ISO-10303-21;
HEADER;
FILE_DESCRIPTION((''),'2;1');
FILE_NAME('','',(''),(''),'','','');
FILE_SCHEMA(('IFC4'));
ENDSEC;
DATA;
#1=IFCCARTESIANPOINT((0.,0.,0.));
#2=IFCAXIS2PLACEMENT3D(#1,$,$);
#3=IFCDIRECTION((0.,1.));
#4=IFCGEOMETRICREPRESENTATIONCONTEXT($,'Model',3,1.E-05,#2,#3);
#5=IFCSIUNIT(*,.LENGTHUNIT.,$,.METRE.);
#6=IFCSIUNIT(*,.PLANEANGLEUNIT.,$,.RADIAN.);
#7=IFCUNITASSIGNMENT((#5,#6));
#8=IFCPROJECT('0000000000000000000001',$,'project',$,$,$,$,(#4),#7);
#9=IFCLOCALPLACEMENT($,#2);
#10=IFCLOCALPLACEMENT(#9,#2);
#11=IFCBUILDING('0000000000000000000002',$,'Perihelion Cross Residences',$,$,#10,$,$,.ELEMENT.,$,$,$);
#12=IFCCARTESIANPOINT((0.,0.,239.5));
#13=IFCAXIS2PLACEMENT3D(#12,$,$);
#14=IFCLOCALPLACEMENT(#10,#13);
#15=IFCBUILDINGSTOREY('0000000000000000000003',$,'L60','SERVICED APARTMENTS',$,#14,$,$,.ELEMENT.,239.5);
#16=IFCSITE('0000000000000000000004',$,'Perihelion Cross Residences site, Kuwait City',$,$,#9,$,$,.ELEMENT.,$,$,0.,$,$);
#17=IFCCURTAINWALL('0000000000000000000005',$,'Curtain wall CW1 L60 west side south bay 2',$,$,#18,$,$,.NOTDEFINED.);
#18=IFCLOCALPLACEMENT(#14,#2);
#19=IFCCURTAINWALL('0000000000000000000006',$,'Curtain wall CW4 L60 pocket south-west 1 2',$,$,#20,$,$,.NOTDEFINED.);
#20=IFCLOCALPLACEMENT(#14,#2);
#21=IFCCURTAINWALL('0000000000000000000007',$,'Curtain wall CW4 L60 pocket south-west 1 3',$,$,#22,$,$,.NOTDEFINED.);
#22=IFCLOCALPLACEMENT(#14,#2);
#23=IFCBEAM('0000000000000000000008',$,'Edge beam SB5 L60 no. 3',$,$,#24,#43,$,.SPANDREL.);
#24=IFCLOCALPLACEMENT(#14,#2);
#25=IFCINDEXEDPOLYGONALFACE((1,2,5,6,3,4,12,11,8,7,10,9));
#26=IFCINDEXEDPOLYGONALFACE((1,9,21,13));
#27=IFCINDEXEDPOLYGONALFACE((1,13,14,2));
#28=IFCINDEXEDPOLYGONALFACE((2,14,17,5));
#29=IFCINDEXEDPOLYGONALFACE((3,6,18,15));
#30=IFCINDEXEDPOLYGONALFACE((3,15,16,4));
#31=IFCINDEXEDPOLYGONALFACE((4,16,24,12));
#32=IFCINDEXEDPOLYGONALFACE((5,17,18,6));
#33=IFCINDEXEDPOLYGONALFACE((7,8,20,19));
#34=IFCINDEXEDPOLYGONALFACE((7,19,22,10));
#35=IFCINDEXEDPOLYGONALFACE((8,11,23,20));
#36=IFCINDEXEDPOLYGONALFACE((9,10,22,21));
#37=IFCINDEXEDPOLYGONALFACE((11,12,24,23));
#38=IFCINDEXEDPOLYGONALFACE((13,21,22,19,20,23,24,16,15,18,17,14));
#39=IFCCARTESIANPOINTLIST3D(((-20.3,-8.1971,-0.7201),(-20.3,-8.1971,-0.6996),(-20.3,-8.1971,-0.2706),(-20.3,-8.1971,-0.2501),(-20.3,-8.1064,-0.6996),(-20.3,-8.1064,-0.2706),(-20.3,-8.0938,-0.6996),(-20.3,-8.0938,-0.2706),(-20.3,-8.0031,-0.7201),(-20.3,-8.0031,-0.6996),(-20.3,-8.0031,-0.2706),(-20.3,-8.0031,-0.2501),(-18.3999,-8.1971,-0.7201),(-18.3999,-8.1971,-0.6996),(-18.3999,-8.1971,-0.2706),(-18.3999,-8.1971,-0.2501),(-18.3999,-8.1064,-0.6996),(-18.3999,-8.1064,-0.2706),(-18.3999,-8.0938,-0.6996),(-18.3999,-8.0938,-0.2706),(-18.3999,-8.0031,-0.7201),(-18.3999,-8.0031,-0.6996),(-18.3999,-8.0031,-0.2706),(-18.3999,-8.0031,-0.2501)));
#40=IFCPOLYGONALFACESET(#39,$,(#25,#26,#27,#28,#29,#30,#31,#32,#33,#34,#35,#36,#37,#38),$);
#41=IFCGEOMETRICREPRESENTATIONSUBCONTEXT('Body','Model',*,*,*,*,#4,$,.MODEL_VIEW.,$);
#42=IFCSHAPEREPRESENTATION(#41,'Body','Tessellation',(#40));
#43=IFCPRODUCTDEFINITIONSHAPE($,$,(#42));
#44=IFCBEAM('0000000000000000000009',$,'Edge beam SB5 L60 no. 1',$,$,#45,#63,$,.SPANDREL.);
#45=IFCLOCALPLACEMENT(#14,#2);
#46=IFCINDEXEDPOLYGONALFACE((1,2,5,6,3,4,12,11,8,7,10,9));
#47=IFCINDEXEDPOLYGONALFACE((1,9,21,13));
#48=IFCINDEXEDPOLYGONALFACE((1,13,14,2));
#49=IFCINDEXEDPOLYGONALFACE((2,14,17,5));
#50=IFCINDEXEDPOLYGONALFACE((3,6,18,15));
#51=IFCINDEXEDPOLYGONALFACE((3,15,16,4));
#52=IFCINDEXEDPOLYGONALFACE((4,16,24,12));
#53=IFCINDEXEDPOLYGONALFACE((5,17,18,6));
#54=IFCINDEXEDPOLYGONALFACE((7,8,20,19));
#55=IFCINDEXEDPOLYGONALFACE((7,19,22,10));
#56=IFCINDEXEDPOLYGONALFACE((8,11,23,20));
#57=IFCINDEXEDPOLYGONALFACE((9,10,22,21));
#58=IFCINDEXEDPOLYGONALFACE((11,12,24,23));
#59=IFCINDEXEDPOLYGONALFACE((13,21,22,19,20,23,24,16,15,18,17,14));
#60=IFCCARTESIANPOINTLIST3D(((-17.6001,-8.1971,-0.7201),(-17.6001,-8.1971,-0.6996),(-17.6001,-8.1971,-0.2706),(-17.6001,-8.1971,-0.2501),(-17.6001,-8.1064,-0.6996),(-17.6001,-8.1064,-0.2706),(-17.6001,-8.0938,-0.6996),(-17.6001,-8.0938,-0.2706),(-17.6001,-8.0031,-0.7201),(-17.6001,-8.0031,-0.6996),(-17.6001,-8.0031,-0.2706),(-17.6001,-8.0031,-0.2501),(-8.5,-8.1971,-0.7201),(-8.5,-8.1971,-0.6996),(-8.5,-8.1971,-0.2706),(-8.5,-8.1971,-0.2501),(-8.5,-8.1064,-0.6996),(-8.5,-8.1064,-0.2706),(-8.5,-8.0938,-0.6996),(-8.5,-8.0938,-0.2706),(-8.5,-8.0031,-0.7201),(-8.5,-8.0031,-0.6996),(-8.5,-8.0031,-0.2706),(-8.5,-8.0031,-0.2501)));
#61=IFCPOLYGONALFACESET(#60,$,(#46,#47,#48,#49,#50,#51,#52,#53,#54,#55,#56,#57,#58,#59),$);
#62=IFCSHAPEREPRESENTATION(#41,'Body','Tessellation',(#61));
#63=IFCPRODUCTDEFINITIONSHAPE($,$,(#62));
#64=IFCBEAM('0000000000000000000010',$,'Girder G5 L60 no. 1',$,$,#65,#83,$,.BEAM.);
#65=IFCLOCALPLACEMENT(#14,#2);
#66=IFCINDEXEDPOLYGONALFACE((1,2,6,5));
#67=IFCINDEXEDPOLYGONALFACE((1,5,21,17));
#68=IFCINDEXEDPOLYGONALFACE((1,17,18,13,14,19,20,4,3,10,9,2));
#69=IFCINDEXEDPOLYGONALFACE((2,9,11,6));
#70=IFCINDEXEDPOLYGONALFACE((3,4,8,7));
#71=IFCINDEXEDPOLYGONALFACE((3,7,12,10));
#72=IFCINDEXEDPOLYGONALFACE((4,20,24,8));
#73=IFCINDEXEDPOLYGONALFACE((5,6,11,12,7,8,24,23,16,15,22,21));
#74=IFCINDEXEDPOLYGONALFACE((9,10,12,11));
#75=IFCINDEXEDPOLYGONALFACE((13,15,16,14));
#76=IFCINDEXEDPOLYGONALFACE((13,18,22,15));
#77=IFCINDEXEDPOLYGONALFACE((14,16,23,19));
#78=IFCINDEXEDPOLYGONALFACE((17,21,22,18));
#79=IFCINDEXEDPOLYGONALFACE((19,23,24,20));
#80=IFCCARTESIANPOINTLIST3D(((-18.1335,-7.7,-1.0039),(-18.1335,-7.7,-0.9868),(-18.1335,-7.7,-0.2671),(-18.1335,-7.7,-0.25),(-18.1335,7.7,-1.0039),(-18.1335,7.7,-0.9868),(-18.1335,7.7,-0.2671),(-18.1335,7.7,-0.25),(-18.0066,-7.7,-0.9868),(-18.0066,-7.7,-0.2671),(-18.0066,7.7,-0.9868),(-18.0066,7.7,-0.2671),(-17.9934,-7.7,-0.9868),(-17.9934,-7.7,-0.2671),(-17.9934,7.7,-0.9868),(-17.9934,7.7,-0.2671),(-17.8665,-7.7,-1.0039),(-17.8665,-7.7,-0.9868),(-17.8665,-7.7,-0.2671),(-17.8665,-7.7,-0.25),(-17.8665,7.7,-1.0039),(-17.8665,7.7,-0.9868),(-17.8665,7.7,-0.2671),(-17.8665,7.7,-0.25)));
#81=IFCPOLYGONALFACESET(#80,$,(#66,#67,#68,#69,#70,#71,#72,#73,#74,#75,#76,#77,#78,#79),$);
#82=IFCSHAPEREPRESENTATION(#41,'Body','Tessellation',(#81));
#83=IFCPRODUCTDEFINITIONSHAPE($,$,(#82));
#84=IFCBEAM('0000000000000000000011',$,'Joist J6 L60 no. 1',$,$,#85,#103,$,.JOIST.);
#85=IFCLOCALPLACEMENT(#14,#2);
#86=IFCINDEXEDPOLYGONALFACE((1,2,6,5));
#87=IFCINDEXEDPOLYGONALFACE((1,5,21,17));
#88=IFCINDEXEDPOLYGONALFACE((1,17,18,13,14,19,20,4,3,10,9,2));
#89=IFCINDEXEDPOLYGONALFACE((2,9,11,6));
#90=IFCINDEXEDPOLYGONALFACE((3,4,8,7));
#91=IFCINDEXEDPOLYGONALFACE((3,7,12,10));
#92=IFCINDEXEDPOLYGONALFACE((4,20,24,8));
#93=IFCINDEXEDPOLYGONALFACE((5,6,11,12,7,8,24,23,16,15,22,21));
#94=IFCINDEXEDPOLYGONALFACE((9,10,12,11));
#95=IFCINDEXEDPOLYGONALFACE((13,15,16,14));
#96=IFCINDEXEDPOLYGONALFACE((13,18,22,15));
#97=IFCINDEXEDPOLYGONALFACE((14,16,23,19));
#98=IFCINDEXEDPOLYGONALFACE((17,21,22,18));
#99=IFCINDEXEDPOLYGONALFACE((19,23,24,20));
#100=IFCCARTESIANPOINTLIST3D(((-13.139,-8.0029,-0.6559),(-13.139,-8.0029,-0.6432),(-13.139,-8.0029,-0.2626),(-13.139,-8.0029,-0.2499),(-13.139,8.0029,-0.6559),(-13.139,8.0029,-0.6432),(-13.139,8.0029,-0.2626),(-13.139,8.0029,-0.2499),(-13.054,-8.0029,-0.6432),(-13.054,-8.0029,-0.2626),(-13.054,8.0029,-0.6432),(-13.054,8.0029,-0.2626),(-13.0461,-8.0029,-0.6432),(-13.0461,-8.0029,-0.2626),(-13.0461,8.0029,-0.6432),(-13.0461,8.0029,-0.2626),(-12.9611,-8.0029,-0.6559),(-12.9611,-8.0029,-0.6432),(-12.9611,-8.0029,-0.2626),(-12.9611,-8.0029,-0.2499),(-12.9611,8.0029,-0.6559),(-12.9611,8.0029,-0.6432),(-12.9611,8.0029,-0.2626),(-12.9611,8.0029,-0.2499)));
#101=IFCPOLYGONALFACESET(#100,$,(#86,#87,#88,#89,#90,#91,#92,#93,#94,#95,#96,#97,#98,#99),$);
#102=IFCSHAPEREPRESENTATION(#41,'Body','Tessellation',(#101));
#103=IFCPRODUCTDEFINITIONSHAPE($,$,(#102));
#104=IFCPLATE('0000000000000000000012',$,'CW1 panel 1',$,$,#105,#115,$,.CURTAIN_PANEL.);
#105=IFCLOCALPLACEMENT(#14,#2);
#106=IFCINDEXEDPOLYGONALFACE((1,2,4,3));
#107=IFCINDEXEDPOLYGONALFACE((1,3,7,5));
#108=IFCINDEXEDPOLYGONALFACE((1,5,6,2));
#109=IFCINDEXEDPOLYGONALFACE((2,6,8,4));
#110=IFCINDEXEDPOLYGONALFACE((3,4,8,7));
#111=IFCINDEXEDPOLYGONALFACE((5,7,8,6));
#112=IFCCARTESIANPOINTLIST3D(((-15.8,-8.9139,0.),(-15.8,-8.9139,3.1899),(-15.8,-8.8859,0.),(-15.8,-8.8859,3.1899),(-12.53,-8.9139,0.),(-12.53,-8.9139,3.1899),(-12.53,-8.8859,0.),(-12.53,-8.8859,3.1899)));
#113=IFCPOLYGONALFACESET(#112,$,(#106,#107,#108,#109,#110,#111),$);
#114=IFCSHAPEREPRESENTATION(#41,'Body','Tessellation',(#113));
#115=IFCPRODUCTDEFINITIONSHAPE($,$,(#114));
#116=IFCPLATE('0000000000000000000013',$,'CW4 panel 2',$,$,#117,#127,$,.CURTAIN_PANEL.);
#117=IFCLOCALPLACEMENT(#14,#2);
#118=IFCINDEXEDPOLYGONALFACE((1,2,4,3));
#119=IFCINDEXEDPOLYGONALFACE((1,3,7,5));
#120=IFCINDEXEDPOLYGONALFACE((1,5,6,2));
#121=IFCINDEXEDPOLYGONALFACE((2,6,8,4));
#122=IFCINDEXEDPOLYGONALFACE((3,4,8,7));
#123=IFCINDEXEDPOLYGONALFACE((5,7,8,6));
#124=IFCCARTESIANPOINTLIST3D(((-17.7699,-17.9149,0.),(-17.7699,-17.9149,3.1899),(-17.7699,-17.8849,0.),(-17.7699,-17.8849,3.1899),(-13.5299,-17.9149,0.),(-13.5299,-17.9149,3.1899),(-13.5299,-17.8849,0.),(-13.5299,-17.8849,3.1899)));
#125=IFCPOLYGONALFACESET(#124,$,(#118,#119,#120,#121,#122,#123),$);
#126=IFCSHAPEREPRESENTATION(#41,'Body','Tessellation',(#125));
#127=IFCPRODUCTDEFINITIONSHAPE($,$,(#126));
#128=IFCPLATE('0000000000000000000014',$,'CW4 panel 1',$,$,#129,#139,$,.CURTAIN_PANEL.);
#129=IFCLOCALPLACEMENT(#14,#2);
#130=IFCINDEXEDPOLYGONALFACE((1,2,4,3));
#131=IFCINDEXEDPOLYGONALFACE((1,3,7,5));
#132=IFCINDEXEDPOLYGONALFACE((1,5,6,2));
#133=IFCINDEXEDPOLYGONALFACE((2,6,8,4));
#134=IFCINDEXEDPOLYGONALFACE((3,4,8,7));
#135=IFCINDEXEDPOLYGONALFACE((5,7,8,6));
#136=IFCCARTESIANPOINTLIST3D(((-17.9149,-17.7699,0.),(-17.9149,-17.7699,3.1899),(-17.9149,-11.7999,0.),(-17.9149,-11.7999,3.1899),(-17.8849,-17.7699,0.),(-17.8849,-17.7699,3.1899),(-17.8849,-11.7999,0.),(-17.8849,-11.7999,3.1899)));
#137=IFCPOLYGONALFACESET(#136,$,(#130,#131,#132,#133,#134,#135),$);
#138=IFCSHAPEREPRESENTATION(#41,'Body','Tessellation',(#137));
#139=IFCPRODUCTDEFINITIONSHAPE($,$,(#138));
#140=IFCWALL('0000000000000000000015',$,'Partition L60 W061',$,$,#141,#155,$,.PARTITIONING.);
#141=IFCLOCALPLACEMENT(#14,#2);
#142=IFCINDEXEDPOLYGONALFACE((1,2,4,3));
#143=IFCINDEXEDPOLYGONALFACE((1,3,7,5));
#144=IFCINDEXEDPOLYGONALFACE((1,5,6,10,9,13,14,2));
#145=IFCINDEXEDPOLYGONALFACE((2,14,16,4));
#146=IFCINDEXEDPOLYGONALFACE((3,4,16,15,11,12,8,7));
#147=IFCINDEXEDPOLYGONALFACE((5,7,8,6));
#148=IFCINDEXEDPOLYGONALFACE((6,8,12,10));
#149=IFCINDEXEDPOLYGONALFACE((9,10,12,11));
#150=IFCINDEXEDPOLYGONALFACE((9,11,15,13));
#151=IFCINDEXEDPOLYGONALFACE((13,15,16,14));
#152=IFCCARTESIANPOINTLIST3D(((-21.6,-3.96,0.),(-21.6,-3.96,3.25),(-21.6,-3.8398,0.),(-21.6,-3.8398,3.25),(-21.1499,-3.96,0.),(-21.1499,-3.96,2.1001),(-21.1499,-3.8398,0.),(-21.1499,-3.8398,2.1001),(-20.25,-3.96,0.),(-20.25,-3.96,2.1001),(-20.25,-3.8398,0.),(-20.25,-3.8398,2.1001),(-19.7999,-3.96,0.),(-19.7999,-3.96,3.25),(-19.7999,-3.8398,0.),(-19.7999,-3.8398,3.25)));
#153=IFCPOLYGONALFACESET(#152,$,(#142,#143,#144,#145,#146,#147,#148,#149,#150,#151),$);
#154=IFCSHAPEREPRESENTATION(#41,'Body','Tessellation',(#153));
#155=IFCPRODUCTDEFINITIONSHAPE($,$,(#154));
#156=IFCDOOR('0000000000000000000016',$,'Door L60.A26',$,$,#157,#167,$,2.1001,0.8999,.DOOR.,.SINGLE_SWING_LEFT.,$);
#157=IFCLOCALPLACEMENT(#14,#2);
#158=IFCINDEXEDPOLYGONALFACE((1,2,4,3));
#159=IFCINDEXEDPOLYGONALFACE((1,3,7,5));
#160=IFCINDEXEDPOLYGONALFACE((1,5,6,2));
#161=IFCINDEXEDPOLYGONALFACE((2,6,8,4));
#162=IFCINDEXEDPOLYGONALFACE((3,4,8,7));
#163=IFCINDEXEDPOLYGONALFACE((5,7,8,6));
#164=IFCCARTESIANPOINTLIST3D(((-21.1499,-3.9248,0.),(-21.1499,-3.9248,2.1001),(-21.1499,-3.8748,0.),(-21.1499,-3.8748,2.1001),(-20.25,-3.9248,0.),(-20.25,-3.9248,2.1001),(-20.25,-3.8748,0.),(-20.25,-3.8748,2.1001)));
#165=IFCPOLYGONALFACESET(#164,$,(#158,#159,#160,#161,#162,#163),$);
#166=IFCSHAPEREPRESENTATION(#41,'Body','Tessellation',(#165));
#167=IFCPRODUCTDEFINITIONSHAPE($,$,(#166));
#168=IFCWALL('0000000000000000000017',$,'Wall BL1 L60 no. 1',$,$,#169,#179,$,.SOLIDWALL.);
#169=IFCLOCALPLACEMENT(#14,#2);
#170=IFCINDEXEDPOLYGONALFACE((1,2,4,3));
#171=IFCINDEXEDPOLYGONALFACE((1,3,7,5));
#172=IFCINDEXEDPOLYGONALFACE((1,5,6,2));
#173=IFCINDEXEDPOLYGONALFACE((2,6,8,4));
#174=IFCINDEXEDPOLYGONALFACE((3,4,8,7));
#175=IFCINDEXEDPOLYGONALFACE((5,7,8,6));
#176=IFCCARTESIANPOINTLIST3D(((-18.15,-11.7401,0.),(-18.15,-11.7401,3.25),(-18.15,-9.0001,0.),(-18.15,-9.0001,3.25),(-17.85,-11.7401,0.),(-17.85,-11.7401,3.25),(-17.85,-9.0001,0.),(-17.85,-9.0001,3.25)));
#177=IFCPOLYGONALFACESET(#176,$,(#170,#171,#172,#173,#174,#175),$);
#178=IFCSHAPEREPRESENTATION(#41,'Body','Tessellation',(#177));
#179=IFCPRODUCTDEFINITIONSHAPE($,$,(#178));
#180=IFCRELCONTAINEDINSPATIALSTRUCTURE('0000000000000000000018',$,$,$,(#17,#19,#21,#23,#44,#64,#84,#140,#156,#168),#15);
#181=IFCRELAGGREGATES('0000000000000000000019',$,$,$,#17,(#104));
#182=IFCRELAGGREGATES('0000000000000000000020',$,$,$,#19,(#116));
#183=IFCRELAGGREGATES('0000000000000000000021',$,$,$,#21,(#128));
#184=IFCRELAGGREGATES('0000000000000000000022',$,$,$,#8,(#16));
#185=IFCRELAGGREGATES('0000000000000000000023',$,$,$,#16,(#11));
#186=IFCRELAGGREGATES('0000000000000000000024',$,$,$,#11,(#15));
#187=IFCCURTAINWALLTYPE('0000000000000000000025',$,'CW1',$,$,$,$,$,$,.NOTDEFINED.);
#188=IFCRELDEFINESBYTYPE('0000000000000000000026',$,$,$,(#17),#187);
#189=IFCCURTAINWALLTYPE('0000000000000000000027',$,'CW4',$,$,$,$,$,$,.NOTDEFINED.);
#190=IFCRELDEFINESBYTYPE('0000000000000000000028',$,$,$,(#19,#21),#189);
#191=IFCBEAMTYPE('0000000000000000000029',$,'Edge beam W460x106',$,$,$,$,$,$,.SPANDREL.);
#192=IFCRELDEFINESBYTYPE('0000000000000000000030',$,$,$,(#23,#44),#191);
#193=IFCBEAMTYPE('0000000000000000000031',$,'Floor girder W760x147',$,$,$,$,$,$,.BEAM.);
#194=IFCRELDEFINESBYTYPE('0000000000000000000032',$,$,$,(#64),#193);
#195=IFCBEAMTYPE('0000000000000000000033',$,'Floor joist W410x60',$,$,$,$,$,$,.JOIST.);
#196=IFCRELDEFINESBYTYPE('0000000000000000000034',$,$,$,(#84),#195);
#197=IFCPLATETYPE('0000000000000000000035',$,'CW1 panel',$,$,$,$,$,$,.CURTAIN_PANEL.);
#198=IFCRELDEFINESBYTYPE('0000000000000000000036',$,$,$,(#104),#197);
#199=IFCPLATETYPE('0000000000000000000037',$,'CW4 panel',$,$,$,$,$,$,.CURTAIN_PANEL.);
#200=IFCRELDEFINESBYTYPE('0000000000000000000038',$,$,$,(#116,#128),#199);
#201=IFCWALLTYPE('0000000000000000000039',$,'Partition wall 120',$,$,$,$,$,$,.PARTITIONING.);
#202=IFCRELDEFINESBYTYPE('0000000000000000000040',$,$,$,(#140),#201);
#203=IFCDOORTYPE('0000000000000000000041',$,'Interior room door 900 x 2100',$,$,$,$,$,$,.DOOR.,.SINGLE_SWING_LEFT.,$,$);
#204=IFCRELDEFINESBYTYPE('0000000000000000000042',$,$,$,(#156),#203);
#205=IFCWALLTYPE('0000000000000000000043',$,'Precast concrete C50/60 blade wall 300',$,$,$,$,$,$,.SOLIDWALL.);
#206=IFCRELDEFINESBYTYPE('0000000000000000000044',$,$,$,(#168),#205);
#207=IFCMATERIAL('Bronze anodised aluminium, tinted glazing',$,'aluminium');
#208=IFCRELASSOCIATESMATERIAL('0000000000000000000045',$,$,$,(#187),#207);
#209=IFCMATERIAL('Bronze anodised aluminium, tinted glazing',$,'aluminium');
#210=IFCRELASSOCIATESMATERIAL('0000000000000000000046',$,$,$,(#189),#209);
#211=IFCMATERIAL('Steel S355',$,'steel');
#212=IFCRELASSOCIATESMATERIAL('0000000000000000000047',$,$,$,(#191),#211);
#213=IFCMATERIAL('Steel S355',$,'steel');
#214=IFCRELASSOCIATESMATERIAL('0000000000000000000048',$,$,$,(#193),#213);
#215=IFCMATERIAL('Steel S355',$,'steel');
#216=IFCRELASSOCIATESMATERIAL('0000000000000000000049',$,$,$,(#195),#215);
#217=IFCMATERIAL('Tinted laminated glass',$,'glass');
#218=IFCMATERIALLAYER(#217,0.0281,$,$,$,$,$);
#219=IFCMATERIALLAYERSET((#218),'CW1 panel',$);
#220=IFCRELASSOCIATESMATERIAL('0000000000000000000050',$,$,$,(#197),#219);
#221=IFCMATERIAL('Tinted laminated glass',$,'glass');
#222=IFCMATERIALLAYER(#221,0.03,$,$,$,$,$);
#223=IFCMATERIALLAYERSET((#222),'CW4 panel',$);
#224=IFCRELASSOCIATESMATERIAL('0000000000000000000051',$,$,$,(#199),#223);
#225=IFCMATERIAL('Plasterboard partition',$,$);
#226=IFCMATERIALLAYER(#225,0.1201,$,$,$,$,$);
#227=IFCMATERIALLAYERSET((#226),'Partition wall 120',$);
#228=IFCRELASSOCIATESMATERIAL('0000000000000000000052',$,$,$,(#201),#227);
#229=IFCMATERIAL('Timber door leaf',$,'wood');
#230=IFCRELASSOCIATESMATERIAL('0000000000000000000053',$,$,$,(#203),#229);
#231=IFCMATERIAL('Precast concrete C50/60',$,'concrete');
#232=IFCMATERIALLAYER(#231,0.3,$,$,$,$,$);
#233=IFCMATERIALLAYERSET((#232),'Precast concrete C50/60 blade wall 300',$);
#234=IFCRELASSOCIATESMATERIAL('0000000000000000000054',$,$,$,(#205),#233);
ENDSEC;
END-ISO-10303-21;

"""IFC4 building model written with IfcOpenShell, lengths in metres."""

from ifc_helpers import new_model, si_unit, direction, frame, frame_2d, origin, origin_2d, place, context, subcontext, project, spatial, rectangle, i_section, extrude, material, layer, layer_set, material_profile, profile_set, type_object, element, fill, aggregate, save


model = new_model("IFC4")

# Units and contexts
model_context = context("Model", 3, precision=1e-05, world=origin(), true_north=direction((0.0, 1.0)))
body_context = subcontext(model_context, "Body", "Model", "MODEL_VIEW")
ifc_project = project(units=[si_unit("LENGTHUNIT", "METRE"), si_unit("PLANEANGLEUNIT", "RADIAN")], contexts=[model_context])

# Site, building, storey
site_placement = place(None, origin())
site = spatial("IfcSite", under=ifc_project, at=site_placement, Name="Perihelion Cross Residences site, Kuwait City", CompositionType="ELEMENT", RefElevation=0.0)
building_placement = place(site_placement, origin())
building = spatial("IfcBuilding", under=site, at=building_placement, Name="Perihelion Cross Residences", CompositionType="ELEMENT")
storey_placement = place(building_placement, frame((0.0, 0.0, 239.5)))
storey = spatial("IfcBuildingStorey", under=building, at=storey_placement, Name="L60", Description="SERVICED APARTMENTS", CompositionType="ELEMENT", Elevation=239.5)

# Curtain walls
ifc_material_1 = material(Name="Bronze anodised aluminium, tinted glazing", Category="aluminium")
curtain_wall_type_1 = type_object("IfcCurtainWallType", Name="CW1", PredefinedType="NOTDEFINED", material=ifc_material_1)
curtain_wall_1_placement = place(storey_placement, origin())
curtain_wall_1 = element("IfcCurtainWall", 1, at=curtain_wall_1_placement, inside=storey, type_object=curtain_wall_type_1, Name="Curtain wall CW1 L60 west side south bay 2", PredefinedType="NOTDEFINED")
ifc_material_2 = material(Name="Bronze anodised aluminium, tinted glazing", Category="aluminium")
curtain_wall_type_2 = type_object("IfcCurtainWallType", Name="CW4", PredefinedType="NOTDEFINED", material=ifc_material_2)
curtain_wall_2_placement = place(storey_placement, origin())
curtain_wall_2 = element("IfcCurtainWall", 2, at=curtain_wall_2_placement, inside=storey, type_object=curtain_wall_type_2, Name="Curtain wall CW4 L60 pocket south-west 1 2", PredefinedType="NOTDEFINED")
curtain_wall_3_placement = place(storey_placement, origin())
curtain_wall_3 = element("IfcCurtainWall", 3, at=curtain_wall_3_placement, inside=storey, type_object=curtain_wall_type_2, Name="Curtain wall CW4 L60 pocket south-west 1 3", PredefinedType="NOTDEFINED")

# Beams
ifc_material_3 = material(Name="Steel S355", Category="steel")
ifc_material_profile_1 = material_profile(ifc_material_3, i_section(OverallWidth=0.1941, OverallDepth=0.47, WebThickness=0.0127, FlangeThickness=0.0205, at=origin_2d()), Name="W460x106")
ifc_profile_set_1 = profile_set([ifc_material_profile_1], Name="Steel S355")
beam_type_1 = type_object("IfcBeamType", Name="Edge beam W460x106", PredefinedType="SPANDREL", material=ifc_profile_set_1)
beam_1_placement = place(storey_placement, frame((-20.3, -8.1001, -0.4851), z_axis=(1.0, 0.0, 0.0), x_axis=(0.0, 1.0, 0.0)))
element("IfcBeam", 4, at=beam_1_placement, inside=storey, type_object=beam_type_1, Name="Edge beam SB5 L60 no. 3", PredefinedType="SPANDREL", context=body_context, shape_type="SweptSolid", body=[
    extrude(i_section(OverallWidth=0.1941, OverallDepth=0.47, WebThickness=0.0127, FlangeThickness=0.0205, at=origin_2d()), origin(), (0.0, 0.0, 1.0), 1.9001),
])
beam_2_placement = place(storey_placement, frame((-17.6001, -8.1001, -0.4851), z_axis=(1.0, 0.0, 0.0), x_axis=(0.0, 1.0, 0.0)))
element("IfcBeam", 5, at=beam_2_placement, inside=storey, type_object=beam_type_1, Name="Edge beam SB5 L60 no. 1", PredefinedType="SPANDREL", context=body_context, shape_type="SweptSolid", body=[
    extrude(i_section(OverallWidth=0.1941, OverallDepth=0.47, WebThickness=0.0127, FlangeThickness=0.0205, at=origin_2d()), origin(), (0.0, 0.0, 1.0), 9.1001),
])
ifc_material_4 = material(Name="Steel S355", Category="steel")
ifc_material_profile_2 = material_profile(ifc_material_4, i_section(OverallWidth=0.2671, OverallDepth=0.7539, WebThickness=0.0132, FlangeThickness=0.0171, at=origin_2d()), Name="W760x147")
ifc_profile_set_2 = profile_set([ifc_material_profile_2], Name="Steel S355")
beam_type_2 = type_object("IfcBeamType", Name="Floor girder W760x147", PredefinedType="BEAM", material=ifc_profile_set_2)
beam_3_placement = place(storey_placement, frame((-18.0, -7.7, -0.627), z_axis=(0.0, 1.0, 0.0), x_axis=(-1.0, 0.0, 0.0)))
element("IfcBeam", 6, at=beam_3_placement, inside=storey, type_object=beam_type_2, Name="Girder G5 L60 no. 1", PredefinedType="BEAM", context=body_context, shape_type="SweptSolid", body=[
    extrude(i_section(OverallWidth=0.2671, OverallDepth=0.7539, WebThickness=0.0132, FlangeThickness=0.0171, at=origin_2d()), origin(), (0.0, 0.0, 1.0), 15.3999),
])
ifc_material_5 = material(Name="Steel S355", Category="steel")
ifc_material_profile_3 = material_profile(ifc_material_5, i_section(OverallWidth=0.178, OverallDepth=0.406, WebThickness=0.0078, FlangeThickness=0.0127, at=origin_2d()), Name="W410x60")
ifc_profile_set_3 = profile_set([ifc_material_profile_3], Name="Steel S355")
beam_type_3 = type_object("IfcBeamType", Name="Floor joist W410x60", PredefinedType="JOIST", material=ifc_profile_set_3)
beam_4_placement = place(storey_placement, frame((-13.05, -8.0029, -0.4529), z_axis=(0.0, 1.0, 0.0), x_axis=(-1.0, 0.0, 0.0)))
element("IfcBeam", 7, at=beam_4_placement, inside=storey, type_object=beam_type_3, Name="Joist J6 L60 no. 1", PredefinedType="JOIST", context=body_context, shape_type="SweptSolid", body=[
    extrude(i_section(OverallWidth=0.178, OverallDepth=0.406, WebThickness=0.0078, FlangeThickness=0.0127, at=origin_2d()), origin(), (0.0, 0.0, 1.0), 16.0059),
])

# Plates
ifc_material_6 = material(Name="Tinted laminated glass", Category="glass")
ifc_layer_1 = layer(ifc_material_6, 0.0281)
ifc_layer_set_1 = layer_set([ifc_layer_1], Name="CW1 panel")
plate_type_1 = type_object("IfcPlateType", Name="CW1 panel", PredefinedType="CURTAIN_PANEL", material=ifc_layer_set_1)
plate_1_placement = place(storey_placement, frame((-14.165, -8.8999, 0.0), z_axis=(0.0, 0.0, 1.0), x_axis=(1.0, 0.0, 0.0)))
plate_1 = element("IfcPlate", 8, at=plate_1_placement, type_object=plate_type_1, Name="CW1 panel 1", PredefinedType="CURTAIN_PANEL", context=body_context, shape_type="SweptSolid", body=[
    extrude(rectangle(XDim=3.27, YDim=0.0281, at=origin_2d()), origin(), (0.0, 0.0, 1.0), 3.1899),
])
aggregate(curtain_wall_1, [plate_1])
ifc_material_7 = material(Name="Tinted laminated glass", Category="glass")
ifc_layer_2 = layer(ifc_material_7, 0.03)
ifc_layer_set_2 = layer_set([ifc_layer_2], Name="CW4 panel")
plate_type_2 = type_object("IfcPlateType", Name="CW4 panel", PredefinedType="CURTAIN_PANEL", material=ifc_layer_set_2)
plate_2_placement = place(storey_placement, frame((-15.6499, -17.8999, 0.0), z_axis=(0.0, 0.0, 1.0), x_axis=(-1.0, 0.0, 0.0)))
plate_2 = element("IfcPlate", 9, at=plate_2_placement, type_object=plate_type_2, Name="CW4 panel 2", PredefinedType="CURTAIN_PANEL", context=body_context, shape_type="SweptSolid", body=[
    extrude(rectangle(XDim=4.24, YDim=0.03, at=origin_2d()), origin(), (0.0, 0.0, 1.0), 3.1899),
])
aggregate(curtain_wall_2, [plate_2])
plate_3_placement = place(storey_placement, frame((-17.8999, -14.7849, 0.0), z_axis=(0.0, 0.0, 1.0), x_axis=(0.0, 1.0, 0.0)))
plate_3 = element("IfcPlate", 10, at=plate_3_placement, type_object=plate_type_2, Name="CW4 panel 1", PredefinedType="CURTAIN_PANEL", context=body_context, shape_type="SweptSolid", body=[
    extrude(rectangle(XDim=5.97, YDim=0.03, at=origin_2d()), origin(), (0.0, 0.0, 1.0), 3.1899),
])
aggregate(curtain_wall_3, [plate_3])

# Wall, opening, door
ifc_material_8 = material(Name="Plasterboard partition")
ifc_layer_3 = layer(ifc_material_8, 0.1201)
ifc_layer_set_3 = layer_set([ifc_layer_3], Name="Partition wall 120")
wall_type_1 = type_object("IfcWallType", Name="Partition wall 120", PredefinedType="PARTITIONING", material=ifc_layer_set_3)
wall_1_placement = place(storey_placement, frame((-19.8, -3.8999, 0.0), z_axis=(0.0, 0.0, 1.0), x_axis=(-1.0, 0.0, 0.0)))
wall_1 = element("IfcWall", 11, at=wall_1_placement, inside=storey, type_object=wall_type_1, Name="Partition L60 W061", PredefinedType="PARTITIONING", context=body_context, shape_type="SweptSolid", body=[
    extrude(rectangle(XDim=1.8, YDim=0.1201, at=frame_2d((0.8999, 0.0))), origin(), (0.0, 0.0, 1.0), 3.25),
])
opening_1_placement = place(wall_1_placement, frame((0.45, 0.0, 0.0)))
opening_1 = element("IfcOpeningElement", 12, at=opening_1_placement, cuts=wall_1, PredefinedType="OPENING", context=body_context, shape_type="SweptSolid", body=[
    extrude(rectangle(XDim=0.8999, YDim=2.1001, at=frame_2d((0.45, 1.05))), frame((0.0, 0.0701, 0.0), z_axis=(0.0, -1.0, 0.0), x_axis=(1.0, 0.0, 0.0)), (0.0, 0.0, 1.0), 0.1401),
])
ifc_material_9 = material(Name="Timber door leaf", Category="wood")
door_type_1 = type_object("IfcDoorType", Name="Interior room door 900 x 2100", OperationType="SINGLE_SWING_LEFT", PredefinedType="DOOR", material=ifc_material_9)
door_1_placement = place(opening_1_placement, origin())
door_1 = element("IfcDoor", 13, at=door_1_placement, inside=storey, type_object=door_type_1, Name="Door L60.A26", OperationType="SINGLE_SWING_LEFT", OverallHeight=2.1001, OverallWidth=0.8999, PredefinedType="DOOR", context=body_context, shape_type="SweptSolid", body=[
    extrude(rectangle(XDim=0.8999, YDim=2.1001, at=frame_2d((0.45, 1.05))), frame((0.0, 0.0249, 0.0), z_axis=(0.0, -1.0, 0.0), x_axis=(1.0, 0.0, 0.0)), (0.0, 0.0, 1.0), 0.05),
])
fill(opening_1, door_1)

# Wall
ifc_material_10 = material(Name="Precast concrete C50/60", Category="concrete")
ifc_layer_4 = layer(ifc_material_10, 0.3)
ifc_layer_set_4 = layer_set([ifc_layer_4], Name="Precast concrete C50/60 blade wall 300")
wall_type_2 = type_object("IfcWallType", Name="Precast concrete C50/60 blade wall 300", PredefinedType="SOLIDWALL", material=ifc_layer_set_4)
wall_2_placement = place(storey_placement, frame((-18.0, -9.0, 0.0), z_axis=(0.0, 0.0, 1.0), x_axis=(0.0, -1.0, 0.0)))
element("IfcWall", 14, at=wall_2_placement, inside=storey, type_object=wall_type_2, Name="Wall BL1 L60 no. 1", PredefinedType="SOLIDWALL", context=body_context, shape_type="SweptSolid", body=[
    extrude(rectangle(XDim=2.74, YDim=0.3, at=frame_2d((1.3701, 0.0))), origin(), (0.0, 0.0, 1.0), 3.25),
])

save(model, "model.ifc")
